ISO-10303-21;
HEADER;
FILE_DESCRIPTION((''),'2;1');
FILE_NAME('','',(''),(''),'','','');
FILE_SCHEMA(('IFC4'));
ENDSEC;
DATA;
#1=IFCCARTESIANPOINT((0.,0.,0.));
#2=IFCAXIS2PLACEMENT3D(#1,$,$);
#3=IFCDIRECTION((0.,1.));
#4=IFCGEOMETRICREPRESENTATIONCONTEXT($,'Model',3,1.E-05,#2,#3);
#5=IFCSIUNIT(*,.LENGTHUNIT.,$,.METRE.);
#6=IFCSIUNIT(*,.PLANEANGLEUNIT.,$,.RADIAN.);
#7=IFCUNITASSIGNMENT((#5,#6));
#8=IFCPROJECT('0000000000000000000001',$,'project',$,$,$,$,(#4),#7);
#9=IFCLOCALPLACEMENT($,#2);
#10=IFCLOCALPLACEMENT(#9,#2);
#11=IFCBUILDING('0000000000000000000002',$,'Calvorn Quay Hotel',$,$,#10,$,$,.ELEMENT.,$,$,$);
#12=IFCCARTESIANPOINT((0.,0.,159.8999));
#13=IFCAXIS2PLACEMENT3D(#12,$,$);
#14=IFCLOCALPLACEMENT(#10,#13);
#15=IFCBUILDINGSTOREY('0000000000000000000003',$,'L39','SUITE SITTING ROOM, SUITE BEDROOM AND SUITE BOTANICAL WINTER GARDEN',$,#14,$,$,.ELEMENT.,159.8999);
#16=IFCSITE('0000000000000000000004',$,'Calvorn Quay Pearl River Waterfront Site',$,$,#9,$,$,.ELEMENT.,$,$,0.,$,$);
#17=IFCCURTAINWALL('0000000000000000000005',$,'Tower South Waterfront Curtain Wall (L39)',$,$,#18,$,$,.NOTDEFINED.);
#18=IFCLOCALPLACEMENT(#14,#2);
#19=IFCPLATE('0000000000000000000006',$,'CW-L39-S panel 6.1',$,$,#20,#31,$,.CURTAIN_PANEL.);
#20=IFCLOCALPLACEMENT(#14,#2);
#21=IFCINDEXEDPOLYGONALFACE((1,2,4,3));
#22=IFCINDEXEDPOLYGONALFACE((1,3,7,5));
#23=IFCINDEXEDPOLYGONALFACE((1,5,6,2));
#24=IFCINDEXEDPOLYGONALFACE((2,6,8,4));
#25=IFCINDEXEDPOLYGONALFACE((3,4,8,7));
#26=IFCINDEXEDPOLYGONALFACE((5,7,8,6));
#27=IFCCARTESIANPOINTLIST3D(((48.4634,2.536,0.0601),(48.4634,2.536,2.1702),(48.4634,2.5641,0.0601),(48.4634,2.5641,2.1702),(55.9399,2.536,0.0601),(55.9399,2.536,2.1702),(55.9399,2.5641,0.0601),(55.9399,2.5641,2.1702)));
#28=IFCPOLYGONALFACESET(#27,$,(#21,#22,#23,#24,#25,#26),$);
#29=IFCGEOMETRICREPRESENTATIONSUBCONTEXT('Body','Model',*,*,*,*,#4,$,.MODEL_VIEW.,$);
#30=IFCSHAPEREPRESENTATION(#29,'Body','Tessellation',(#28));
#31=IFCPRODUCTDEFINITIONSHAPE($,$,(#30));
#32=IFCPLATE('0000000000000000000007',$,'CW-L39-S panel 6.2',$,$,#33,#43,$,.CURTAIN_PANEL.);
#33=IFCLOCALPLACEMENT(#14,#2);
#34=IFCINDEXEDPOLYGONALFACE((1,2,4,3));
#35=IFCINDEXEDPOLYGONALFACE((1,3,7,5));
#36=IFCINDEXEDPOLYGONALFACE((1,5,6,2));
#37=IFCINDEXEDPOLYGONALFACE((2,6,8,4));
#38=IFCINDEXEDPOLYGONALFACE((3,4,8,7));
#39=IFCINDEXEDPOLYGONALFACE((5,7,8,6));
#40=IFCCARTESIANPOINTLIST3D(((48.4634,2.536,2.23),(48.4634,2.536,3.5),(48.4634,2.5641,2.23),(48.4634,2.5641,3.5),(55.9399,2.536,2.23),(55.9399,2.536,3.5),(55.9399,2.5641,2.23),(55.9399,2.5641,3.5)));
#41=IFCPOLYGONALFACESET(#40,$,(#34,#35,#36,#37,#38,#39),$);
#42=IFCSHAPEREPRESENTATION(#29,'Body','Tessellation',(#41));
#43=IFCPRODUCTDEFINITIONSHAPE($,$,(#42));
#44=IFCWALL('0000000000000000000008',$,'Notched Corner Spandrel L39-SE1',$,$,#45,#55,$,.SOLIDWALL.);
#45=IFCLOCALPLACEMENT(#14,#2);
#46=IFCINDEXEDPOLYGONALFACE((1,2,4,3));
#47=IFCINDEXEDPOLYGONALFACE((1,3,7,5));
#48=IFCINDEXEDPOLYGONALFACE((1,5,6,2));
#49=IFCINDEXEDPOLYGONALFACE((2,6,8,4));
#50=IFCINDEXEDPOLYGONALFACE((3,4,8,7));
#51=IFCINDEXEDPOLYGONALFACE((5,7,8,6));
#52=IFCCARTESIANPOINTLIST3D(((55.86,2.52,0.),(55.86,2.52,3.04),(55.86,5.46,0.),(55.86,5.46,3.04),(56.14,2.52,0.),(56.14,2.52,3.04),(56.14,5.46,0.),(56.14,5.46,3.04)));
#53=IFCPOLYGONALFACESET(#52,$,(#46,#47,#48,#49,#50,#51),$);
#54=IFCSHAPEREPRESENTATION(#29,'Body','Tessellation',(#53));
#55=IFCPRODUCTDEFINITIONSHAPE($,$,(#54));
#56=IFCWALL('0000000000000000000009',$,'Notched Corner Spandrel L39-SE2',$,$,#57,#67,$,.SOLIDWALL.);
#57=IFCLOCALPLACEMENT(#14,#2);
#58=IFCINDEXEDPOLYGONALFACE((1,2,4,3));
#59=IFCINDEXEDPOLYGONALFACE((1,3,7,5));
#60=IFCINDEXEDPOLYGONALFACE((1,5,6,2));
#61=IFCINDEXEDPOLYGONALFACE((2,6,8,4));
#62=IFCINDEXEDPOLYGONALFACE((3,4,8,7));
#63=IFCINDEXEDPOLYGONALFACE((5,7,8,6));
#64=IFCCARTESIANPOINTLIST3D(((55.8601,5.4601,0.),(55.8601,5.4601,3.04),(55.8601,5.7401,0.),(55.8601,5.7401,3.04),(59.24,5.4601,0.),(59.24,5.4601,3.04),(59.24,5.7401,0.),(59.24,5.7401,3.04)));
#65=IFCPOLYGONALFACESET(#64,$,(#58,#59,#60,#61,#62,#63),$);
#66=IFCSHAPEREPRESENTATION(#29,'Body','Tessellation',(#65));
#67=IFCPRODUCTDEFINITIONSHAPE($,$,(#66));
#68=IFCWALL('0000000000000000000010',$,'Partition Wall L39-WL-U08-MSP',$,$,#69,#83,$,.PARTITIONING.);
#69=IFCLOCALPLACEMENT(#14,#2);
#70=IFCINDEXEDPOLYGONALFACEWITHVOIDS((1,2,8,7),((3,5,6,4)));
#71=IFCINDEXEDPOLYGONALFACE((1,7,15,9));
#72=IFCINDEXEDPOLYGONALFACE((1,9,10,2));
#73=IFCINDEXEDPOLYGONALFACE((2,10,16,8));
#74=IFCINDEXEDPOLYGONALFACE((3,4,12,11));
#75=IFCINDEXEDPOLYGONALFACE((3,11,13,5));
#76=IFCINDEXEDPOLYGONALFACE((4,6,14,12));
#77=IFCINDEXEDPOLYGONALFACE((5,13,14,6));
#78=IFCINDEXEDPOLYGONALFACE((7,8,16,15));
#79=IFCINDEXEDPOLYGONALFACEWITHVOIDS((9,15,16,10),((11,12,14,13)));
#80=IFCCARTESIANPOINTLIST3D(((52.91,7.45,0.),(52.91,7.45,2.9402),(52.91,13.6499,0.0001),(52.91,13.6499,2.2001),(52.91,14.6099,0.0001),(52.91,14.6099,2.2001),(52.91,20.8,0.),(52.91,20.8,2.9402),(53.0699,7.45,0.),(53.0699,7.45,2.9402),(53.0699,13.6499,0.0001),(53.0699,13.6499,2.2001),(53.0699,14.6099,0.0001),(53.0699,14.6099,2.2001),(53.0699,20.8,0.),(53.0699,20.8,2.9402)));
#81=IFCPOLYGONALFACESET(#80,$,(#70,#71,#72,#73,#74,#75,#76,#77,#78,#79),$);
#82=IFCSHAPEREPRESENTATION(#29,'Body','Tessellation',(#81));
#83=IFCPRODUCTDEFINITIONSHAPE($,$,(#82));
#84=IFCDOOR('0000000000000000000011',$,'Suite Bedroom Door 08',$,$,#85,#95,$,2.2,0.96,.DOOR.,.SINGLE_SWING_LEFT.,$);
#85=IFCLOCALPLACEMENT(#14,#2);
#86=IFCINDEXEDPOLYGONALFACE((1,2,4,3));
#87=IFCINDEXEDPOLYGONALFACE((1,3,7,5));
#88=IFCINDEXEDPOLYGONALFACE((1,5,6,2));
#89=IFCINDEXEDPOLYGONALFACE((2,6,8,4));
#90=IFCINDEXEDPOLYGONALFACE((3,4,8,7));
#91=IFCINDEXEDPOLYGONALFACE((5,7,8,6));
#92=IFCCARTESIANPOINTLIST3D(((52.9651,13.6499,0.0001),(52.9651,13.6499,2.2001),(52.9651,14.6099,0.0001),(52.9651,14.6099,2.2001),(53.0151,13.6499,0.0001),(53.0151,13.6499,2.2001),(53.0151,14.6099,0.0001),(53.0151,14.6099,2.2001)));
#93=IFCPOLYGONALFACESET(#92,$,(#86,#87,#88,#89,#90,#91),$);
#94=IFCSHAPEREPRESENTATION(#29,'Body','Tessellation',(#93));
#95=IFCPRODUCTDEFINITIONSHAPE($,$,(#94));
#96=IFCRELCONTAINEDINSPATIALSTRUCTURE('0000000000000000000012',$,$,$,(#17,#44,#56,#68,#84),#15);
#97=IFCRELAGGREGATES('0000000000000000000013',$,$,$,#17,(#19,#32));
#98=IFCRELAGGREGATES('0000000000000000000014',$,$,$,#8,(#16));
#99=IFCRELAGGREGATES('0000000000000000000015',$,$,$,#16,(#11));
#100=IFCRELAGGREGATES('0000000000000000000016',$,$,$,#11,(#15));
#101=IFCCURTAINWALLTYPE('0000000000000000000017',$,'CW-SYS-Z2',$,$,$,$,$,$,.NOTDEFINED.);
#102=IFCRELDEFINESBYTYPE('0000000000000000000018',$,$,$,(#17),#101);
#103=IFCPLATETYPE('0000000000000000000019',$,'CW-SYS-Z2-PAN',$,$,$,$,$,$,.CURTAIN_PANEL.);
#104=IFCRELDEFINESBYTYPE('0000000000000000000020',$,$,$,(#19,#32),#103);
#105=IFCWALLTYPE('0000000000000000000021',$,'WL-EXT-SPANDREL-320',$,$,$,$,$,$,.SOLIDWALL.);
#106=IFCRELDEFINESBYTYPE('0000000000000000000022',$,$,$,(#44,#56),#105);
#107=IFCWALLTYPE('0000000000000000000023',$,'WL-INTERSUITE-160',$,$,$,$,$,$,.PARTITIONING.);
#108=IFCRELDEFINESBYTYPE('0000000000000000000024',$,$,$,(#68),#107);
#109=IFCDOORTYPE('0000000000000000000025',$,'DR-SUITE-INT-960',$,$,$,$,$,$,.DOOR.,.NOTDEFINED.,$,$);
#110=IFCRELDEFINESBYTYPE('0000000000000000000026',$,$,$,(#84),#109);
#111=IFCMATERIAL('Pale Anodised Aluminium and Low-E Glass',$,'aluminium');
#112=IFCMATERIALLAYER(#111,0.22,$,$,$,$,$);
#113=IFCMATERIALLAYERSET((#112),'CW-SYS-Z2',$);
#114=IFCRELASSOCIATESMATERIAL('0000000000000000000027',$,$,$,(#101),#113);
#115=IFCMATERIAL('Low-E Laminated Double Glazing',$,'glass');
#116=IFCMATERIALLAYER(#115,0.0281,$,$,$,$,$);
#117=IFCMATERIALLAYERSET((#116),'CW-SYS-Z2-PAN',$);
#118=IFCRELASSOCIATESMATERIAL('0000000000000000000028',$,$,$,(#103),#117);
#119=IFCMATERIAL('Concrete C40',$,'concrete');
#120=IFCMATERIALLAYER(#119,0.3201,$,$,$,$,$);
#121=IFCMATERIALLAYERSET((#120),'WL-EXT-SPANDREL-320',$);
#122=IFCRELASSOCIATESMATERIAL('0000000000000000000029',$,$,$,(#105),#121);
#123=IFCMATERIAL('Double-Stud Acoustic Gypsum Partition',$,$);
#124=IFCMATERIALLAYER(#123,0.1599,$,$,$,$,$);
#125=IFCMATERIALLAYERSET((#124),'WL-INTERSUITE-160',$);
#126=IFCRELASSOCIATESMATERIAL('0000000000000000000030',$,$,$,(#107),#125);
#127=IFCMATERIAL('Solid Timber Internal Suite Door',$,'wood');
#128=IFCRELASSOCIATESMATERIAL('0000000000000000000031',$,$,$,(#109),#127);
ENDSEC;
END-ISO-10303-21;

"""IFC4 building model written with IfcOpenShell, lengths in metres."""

from ifc_helpers import new_model, si_unit, direction, frame, frame_2d, origin, origin_2d, place, context, subcontext, project, spatial, rectangle, extrude, material, layer, layer_set, type_object, element, fill, aggregate, save


model = new_model("IFC4")

# Units and contexts
model_context = context("Model", 3, precision=1e-05, world=origin(), true_north=direction((0.0, 1.0)))
body_context = subcontext(model_context, "Body", "Model", "MODEL_VIEW")
ifc_project = project(units=[si_unit("LENGTHUNIT", "METRE"), si_unit("PLANEANGLEUNIT", "RADIAN")], contexts=[model_context])

# Site, building, storey
site_placement = place(None, origin())
site = spatial("IfcSite", under=ifc_project, at=site_placement, Name="Calvorn Quay Pearl River Waterfront Site", CompositionType="ELEMENT", RefElevation=0.0)
building_placement = place(site_placement, origin())
building = spatial("IfcBuilding", under=site, at=building_placement, Name="Calvorn Quay Hotel", CompositionType="ELEMENT")
storey_placement = place(building_placement, frame((0.0, 0.0, 159.8999)))
storey = spatial("IfcBuildingStorey", under=building, at=storey_placement, Name="L39", Description="SUITE SITTING ROOM, SUITE BEDROOM AND SUITE BOTANICAL WINTER GARDEN", CompositionType="ELEMENT", Elevation=159.8999)

# Curtain wall, plates
ifc_material_1 = material(Name="Pale Anodised Aluminium and Low-E Glass", Category="aluminium")
ifc_layer_1 = layer(ifc_material_1, 0.22)
ifc_layer_set_1 = layer_set([ifc_layer_1], Name="CW-SYS-Z2")
curtain_wall_type = type_object("IfcCurtainWallType", Name="CW-SYS-Z2", PredefinedType="NOTDEFINED", material=ifc_layer_set_1)
curtain_wall_placement = place(storey_placement, origin())
curtain_wall = element("IfcCurtainWall", 1, at=curtain_wall_placement, inside=storey, type_object=curtain_wall_type, Name="Tower South Waterfront Curtain Wall (L39)", PredefinedType="NOTDEFINED")
ifc_material_2 = material(Name="Low-E Laminated Double Glazing", Category="glass")
ifc_layer_2 = layer(ifc_material_2, 0.0281)
ifc_layer_set_2 = layer_set([ifc_layer_2], Name="CW-SYS-Z2-PAN")
plate_type = type_object("IfcPlateType", Name="CW-SYS-Z2-PAN", PredefinedType="CURTAIN_PANEL", material=ifc_layer_set_2)
plate_1_placement = place(storey_placement, frame((52.2017, 2.55, 0.0601), z_axis=(0.0, 0.0, 1.0), x_axis=(1.0, 0.0, 0.0)))
plate_1 = element("IfcPlate", 2, at=plate_1_placement, type_object=plate_type, Name="CW-L39-S panel 6.1", PredefinedType="CURTAIN_PANEL", context=body_context, shape_type="SweptSolid", body=[
    extrude(rectangle(XDim=7.4766, YDim=0.0281, at=origin_2d()), origin(), (0.0, 0.0, 1.0), 2.1101),
])
plate_2_placement = place(storey_placement, frame((52.2017, 2.55, 2.23), z_axis=(0.0, 0.0, 1.0), x_axis=(1.0, 0.0, 0.0)))
plate_2 = element("IfcPlate", 3, at=plate_2_placement, type_object=plate_type, Name="CW-L39-S panel 6.2", PredefinedType="CURTAIN_PANEL", context=body_context, shape_type="SweptSolid", body=[
    extrude(rectangle(XDim=7.4766, YDim=0.0281, at=origin_2d()), origin(), (0.0, 0.0, 1.0), 1.27),
])
aggregate(curtain_wall, [plate_1, plate_2])

# Walls
ifc_material_3 = material(Name="Concrete C40", Category="concrete")
ifc_layer_3 = layer(ifc_material_3, 0.3201)
ifc_layer_set_3 = layer_set([ifc_layer_3], Name="WL-EXT-SPANDREL-320")
wall_type_1 = type_object("IfcWallType", Name="WL-EXT-SPANDREL-320", PredefinedType="SOLIDWALL", material=ifc_layer_set_3)
wall_1_placement = place(storey_placement, frame((56.0, 2.52, 0.0), z_axis=(0.0, 0.0, 1.0), x_axis=(0.0, 1.0, 0.0)))
element("IfcWall", 4, at=wall_1_placement, inside=storey, type_object=wall_type_1, Name="Notched Corner Spandrel L39-SE1", PredefinedType="SOLIDWALL", context=body_context, shape_type="SweptSolid", body=[
    extrude(rectangle(XDim=2.9399, YDim=0.28, at=frame_2d((1.47, 0.0))), origin(), (0.0, 0.0, 1.0), 3.04),
])
wall_2_placement = place(storey_placement, frame((55.8601, 5.6001, 0.0), z_axis=(0.0, 0.0, 1.0), x_axis=(1.0, 0.0, 0.0)))
element("IfcWall", 5, at=wall_2_placement, inside=storey, type_object=wall_type_1, Name="Notched Corner Spandrel L39-SE2", PredefinedType="SOLIDWALL", context=body_context, shape_type="SweptSolid", body=[
    extrude(rectangle(XDim=3.3799, YDim=0.28, at=frame_2d((1.6899, 0.0))), origin(), (0.0, 0.0, 1.0), 3.04),
])

# Wall, opening, door
ifc_material_4 = material(Name="Double-Stud Acoustic Gypsum Partition")
ifc_layer_4 = layer(ifc_material_4, 0.1599)
ifc_layer_set_4 = layer_set([ifc_layer_4], Name="WL-INTERSUITE-160")
wall_type_2 = type_object("IfcWallType", Name="WL-INTERSUITE-160", PredefinedType="PARTITIONING", material=ifc_layer_set_4)
wall_3_placement = place(storey_placement, frame((52.99, 7.45, 0.0), z_axis=(0.0, 0.0, 1.0), x_axis=(0.0, 1.0, 0.0)))
wall_3 = element("IfcWall", 6, at=wall_3_placement, inside=storey, type_object=wall_type_2, Name="Partition Wall L39-WL-U08-MSP", PredefinedType="PARTITIONING", context=body_context, shape_type="SweptSolid", body=[
    extrude(rectangle(XDim=13.3501, YDim=0.1599, at=frame_2d((6.675, 0.0))), origin(), (0.0, 0.0, 1.0), 2.9402),
])
opening_1_placement = place(wall_3_placement, frame((6.2, 0.0, 0.0)))
opening_1 = element("IfcOpeningElement", 7, at=opening_1_placement, cuts=wall_3, PredefinedType="OPENING", context=body_context, shape_type="SweptSolid", body=[
    extrude(rectangle(XDim=0.96, YDim=2.2, at=frame_2d((0.48, 1.1001))), frame((0.0, 0.0898, 0.0), z_axis=(0.0, -1.0, 0.0), x_axis=(1.0, 0.0, 0.0)), (0.0, 0.0, 1.0), 0.1799),
])
ifc_material_5 = material(Name="Solid Timber Internal Suite Door", Category="wood")
door_type_1 = type_object("IfcDoorType", Name="DR-SUITE-INT-960", OperationType="NOTDEFINED", PredefinedType="DOOR", material=ifc_material_5)
door_1_placement = place(opening_1_placement, origin())
door_1 = element("IfcDoor", 8, at=door_1_placement, inside=storey, type_object=door_type_1, Name="Suite Bedroom Door 08", OperationType="SINGLE_SWING_LEFT", OverallHeight=2.2, OverallWidth=0.96, PredefinedType="DOOR", context=body_context, shape_type="SweptSolid", body=[
    extrude(rectangle(XDim=0.96, YDim=2.2, at=frame_2d((0.48, 1.1001))), frame((0.0, 0.0249, 0.0), z_axis=(0.0, -1.0, 0.0), x_axis=(1.0, 0.0, 0.0)), (0.0, 0.0, 1.0), 0.05),
])
fill(opening_1, door_1)

save(model, "model.ifc")
